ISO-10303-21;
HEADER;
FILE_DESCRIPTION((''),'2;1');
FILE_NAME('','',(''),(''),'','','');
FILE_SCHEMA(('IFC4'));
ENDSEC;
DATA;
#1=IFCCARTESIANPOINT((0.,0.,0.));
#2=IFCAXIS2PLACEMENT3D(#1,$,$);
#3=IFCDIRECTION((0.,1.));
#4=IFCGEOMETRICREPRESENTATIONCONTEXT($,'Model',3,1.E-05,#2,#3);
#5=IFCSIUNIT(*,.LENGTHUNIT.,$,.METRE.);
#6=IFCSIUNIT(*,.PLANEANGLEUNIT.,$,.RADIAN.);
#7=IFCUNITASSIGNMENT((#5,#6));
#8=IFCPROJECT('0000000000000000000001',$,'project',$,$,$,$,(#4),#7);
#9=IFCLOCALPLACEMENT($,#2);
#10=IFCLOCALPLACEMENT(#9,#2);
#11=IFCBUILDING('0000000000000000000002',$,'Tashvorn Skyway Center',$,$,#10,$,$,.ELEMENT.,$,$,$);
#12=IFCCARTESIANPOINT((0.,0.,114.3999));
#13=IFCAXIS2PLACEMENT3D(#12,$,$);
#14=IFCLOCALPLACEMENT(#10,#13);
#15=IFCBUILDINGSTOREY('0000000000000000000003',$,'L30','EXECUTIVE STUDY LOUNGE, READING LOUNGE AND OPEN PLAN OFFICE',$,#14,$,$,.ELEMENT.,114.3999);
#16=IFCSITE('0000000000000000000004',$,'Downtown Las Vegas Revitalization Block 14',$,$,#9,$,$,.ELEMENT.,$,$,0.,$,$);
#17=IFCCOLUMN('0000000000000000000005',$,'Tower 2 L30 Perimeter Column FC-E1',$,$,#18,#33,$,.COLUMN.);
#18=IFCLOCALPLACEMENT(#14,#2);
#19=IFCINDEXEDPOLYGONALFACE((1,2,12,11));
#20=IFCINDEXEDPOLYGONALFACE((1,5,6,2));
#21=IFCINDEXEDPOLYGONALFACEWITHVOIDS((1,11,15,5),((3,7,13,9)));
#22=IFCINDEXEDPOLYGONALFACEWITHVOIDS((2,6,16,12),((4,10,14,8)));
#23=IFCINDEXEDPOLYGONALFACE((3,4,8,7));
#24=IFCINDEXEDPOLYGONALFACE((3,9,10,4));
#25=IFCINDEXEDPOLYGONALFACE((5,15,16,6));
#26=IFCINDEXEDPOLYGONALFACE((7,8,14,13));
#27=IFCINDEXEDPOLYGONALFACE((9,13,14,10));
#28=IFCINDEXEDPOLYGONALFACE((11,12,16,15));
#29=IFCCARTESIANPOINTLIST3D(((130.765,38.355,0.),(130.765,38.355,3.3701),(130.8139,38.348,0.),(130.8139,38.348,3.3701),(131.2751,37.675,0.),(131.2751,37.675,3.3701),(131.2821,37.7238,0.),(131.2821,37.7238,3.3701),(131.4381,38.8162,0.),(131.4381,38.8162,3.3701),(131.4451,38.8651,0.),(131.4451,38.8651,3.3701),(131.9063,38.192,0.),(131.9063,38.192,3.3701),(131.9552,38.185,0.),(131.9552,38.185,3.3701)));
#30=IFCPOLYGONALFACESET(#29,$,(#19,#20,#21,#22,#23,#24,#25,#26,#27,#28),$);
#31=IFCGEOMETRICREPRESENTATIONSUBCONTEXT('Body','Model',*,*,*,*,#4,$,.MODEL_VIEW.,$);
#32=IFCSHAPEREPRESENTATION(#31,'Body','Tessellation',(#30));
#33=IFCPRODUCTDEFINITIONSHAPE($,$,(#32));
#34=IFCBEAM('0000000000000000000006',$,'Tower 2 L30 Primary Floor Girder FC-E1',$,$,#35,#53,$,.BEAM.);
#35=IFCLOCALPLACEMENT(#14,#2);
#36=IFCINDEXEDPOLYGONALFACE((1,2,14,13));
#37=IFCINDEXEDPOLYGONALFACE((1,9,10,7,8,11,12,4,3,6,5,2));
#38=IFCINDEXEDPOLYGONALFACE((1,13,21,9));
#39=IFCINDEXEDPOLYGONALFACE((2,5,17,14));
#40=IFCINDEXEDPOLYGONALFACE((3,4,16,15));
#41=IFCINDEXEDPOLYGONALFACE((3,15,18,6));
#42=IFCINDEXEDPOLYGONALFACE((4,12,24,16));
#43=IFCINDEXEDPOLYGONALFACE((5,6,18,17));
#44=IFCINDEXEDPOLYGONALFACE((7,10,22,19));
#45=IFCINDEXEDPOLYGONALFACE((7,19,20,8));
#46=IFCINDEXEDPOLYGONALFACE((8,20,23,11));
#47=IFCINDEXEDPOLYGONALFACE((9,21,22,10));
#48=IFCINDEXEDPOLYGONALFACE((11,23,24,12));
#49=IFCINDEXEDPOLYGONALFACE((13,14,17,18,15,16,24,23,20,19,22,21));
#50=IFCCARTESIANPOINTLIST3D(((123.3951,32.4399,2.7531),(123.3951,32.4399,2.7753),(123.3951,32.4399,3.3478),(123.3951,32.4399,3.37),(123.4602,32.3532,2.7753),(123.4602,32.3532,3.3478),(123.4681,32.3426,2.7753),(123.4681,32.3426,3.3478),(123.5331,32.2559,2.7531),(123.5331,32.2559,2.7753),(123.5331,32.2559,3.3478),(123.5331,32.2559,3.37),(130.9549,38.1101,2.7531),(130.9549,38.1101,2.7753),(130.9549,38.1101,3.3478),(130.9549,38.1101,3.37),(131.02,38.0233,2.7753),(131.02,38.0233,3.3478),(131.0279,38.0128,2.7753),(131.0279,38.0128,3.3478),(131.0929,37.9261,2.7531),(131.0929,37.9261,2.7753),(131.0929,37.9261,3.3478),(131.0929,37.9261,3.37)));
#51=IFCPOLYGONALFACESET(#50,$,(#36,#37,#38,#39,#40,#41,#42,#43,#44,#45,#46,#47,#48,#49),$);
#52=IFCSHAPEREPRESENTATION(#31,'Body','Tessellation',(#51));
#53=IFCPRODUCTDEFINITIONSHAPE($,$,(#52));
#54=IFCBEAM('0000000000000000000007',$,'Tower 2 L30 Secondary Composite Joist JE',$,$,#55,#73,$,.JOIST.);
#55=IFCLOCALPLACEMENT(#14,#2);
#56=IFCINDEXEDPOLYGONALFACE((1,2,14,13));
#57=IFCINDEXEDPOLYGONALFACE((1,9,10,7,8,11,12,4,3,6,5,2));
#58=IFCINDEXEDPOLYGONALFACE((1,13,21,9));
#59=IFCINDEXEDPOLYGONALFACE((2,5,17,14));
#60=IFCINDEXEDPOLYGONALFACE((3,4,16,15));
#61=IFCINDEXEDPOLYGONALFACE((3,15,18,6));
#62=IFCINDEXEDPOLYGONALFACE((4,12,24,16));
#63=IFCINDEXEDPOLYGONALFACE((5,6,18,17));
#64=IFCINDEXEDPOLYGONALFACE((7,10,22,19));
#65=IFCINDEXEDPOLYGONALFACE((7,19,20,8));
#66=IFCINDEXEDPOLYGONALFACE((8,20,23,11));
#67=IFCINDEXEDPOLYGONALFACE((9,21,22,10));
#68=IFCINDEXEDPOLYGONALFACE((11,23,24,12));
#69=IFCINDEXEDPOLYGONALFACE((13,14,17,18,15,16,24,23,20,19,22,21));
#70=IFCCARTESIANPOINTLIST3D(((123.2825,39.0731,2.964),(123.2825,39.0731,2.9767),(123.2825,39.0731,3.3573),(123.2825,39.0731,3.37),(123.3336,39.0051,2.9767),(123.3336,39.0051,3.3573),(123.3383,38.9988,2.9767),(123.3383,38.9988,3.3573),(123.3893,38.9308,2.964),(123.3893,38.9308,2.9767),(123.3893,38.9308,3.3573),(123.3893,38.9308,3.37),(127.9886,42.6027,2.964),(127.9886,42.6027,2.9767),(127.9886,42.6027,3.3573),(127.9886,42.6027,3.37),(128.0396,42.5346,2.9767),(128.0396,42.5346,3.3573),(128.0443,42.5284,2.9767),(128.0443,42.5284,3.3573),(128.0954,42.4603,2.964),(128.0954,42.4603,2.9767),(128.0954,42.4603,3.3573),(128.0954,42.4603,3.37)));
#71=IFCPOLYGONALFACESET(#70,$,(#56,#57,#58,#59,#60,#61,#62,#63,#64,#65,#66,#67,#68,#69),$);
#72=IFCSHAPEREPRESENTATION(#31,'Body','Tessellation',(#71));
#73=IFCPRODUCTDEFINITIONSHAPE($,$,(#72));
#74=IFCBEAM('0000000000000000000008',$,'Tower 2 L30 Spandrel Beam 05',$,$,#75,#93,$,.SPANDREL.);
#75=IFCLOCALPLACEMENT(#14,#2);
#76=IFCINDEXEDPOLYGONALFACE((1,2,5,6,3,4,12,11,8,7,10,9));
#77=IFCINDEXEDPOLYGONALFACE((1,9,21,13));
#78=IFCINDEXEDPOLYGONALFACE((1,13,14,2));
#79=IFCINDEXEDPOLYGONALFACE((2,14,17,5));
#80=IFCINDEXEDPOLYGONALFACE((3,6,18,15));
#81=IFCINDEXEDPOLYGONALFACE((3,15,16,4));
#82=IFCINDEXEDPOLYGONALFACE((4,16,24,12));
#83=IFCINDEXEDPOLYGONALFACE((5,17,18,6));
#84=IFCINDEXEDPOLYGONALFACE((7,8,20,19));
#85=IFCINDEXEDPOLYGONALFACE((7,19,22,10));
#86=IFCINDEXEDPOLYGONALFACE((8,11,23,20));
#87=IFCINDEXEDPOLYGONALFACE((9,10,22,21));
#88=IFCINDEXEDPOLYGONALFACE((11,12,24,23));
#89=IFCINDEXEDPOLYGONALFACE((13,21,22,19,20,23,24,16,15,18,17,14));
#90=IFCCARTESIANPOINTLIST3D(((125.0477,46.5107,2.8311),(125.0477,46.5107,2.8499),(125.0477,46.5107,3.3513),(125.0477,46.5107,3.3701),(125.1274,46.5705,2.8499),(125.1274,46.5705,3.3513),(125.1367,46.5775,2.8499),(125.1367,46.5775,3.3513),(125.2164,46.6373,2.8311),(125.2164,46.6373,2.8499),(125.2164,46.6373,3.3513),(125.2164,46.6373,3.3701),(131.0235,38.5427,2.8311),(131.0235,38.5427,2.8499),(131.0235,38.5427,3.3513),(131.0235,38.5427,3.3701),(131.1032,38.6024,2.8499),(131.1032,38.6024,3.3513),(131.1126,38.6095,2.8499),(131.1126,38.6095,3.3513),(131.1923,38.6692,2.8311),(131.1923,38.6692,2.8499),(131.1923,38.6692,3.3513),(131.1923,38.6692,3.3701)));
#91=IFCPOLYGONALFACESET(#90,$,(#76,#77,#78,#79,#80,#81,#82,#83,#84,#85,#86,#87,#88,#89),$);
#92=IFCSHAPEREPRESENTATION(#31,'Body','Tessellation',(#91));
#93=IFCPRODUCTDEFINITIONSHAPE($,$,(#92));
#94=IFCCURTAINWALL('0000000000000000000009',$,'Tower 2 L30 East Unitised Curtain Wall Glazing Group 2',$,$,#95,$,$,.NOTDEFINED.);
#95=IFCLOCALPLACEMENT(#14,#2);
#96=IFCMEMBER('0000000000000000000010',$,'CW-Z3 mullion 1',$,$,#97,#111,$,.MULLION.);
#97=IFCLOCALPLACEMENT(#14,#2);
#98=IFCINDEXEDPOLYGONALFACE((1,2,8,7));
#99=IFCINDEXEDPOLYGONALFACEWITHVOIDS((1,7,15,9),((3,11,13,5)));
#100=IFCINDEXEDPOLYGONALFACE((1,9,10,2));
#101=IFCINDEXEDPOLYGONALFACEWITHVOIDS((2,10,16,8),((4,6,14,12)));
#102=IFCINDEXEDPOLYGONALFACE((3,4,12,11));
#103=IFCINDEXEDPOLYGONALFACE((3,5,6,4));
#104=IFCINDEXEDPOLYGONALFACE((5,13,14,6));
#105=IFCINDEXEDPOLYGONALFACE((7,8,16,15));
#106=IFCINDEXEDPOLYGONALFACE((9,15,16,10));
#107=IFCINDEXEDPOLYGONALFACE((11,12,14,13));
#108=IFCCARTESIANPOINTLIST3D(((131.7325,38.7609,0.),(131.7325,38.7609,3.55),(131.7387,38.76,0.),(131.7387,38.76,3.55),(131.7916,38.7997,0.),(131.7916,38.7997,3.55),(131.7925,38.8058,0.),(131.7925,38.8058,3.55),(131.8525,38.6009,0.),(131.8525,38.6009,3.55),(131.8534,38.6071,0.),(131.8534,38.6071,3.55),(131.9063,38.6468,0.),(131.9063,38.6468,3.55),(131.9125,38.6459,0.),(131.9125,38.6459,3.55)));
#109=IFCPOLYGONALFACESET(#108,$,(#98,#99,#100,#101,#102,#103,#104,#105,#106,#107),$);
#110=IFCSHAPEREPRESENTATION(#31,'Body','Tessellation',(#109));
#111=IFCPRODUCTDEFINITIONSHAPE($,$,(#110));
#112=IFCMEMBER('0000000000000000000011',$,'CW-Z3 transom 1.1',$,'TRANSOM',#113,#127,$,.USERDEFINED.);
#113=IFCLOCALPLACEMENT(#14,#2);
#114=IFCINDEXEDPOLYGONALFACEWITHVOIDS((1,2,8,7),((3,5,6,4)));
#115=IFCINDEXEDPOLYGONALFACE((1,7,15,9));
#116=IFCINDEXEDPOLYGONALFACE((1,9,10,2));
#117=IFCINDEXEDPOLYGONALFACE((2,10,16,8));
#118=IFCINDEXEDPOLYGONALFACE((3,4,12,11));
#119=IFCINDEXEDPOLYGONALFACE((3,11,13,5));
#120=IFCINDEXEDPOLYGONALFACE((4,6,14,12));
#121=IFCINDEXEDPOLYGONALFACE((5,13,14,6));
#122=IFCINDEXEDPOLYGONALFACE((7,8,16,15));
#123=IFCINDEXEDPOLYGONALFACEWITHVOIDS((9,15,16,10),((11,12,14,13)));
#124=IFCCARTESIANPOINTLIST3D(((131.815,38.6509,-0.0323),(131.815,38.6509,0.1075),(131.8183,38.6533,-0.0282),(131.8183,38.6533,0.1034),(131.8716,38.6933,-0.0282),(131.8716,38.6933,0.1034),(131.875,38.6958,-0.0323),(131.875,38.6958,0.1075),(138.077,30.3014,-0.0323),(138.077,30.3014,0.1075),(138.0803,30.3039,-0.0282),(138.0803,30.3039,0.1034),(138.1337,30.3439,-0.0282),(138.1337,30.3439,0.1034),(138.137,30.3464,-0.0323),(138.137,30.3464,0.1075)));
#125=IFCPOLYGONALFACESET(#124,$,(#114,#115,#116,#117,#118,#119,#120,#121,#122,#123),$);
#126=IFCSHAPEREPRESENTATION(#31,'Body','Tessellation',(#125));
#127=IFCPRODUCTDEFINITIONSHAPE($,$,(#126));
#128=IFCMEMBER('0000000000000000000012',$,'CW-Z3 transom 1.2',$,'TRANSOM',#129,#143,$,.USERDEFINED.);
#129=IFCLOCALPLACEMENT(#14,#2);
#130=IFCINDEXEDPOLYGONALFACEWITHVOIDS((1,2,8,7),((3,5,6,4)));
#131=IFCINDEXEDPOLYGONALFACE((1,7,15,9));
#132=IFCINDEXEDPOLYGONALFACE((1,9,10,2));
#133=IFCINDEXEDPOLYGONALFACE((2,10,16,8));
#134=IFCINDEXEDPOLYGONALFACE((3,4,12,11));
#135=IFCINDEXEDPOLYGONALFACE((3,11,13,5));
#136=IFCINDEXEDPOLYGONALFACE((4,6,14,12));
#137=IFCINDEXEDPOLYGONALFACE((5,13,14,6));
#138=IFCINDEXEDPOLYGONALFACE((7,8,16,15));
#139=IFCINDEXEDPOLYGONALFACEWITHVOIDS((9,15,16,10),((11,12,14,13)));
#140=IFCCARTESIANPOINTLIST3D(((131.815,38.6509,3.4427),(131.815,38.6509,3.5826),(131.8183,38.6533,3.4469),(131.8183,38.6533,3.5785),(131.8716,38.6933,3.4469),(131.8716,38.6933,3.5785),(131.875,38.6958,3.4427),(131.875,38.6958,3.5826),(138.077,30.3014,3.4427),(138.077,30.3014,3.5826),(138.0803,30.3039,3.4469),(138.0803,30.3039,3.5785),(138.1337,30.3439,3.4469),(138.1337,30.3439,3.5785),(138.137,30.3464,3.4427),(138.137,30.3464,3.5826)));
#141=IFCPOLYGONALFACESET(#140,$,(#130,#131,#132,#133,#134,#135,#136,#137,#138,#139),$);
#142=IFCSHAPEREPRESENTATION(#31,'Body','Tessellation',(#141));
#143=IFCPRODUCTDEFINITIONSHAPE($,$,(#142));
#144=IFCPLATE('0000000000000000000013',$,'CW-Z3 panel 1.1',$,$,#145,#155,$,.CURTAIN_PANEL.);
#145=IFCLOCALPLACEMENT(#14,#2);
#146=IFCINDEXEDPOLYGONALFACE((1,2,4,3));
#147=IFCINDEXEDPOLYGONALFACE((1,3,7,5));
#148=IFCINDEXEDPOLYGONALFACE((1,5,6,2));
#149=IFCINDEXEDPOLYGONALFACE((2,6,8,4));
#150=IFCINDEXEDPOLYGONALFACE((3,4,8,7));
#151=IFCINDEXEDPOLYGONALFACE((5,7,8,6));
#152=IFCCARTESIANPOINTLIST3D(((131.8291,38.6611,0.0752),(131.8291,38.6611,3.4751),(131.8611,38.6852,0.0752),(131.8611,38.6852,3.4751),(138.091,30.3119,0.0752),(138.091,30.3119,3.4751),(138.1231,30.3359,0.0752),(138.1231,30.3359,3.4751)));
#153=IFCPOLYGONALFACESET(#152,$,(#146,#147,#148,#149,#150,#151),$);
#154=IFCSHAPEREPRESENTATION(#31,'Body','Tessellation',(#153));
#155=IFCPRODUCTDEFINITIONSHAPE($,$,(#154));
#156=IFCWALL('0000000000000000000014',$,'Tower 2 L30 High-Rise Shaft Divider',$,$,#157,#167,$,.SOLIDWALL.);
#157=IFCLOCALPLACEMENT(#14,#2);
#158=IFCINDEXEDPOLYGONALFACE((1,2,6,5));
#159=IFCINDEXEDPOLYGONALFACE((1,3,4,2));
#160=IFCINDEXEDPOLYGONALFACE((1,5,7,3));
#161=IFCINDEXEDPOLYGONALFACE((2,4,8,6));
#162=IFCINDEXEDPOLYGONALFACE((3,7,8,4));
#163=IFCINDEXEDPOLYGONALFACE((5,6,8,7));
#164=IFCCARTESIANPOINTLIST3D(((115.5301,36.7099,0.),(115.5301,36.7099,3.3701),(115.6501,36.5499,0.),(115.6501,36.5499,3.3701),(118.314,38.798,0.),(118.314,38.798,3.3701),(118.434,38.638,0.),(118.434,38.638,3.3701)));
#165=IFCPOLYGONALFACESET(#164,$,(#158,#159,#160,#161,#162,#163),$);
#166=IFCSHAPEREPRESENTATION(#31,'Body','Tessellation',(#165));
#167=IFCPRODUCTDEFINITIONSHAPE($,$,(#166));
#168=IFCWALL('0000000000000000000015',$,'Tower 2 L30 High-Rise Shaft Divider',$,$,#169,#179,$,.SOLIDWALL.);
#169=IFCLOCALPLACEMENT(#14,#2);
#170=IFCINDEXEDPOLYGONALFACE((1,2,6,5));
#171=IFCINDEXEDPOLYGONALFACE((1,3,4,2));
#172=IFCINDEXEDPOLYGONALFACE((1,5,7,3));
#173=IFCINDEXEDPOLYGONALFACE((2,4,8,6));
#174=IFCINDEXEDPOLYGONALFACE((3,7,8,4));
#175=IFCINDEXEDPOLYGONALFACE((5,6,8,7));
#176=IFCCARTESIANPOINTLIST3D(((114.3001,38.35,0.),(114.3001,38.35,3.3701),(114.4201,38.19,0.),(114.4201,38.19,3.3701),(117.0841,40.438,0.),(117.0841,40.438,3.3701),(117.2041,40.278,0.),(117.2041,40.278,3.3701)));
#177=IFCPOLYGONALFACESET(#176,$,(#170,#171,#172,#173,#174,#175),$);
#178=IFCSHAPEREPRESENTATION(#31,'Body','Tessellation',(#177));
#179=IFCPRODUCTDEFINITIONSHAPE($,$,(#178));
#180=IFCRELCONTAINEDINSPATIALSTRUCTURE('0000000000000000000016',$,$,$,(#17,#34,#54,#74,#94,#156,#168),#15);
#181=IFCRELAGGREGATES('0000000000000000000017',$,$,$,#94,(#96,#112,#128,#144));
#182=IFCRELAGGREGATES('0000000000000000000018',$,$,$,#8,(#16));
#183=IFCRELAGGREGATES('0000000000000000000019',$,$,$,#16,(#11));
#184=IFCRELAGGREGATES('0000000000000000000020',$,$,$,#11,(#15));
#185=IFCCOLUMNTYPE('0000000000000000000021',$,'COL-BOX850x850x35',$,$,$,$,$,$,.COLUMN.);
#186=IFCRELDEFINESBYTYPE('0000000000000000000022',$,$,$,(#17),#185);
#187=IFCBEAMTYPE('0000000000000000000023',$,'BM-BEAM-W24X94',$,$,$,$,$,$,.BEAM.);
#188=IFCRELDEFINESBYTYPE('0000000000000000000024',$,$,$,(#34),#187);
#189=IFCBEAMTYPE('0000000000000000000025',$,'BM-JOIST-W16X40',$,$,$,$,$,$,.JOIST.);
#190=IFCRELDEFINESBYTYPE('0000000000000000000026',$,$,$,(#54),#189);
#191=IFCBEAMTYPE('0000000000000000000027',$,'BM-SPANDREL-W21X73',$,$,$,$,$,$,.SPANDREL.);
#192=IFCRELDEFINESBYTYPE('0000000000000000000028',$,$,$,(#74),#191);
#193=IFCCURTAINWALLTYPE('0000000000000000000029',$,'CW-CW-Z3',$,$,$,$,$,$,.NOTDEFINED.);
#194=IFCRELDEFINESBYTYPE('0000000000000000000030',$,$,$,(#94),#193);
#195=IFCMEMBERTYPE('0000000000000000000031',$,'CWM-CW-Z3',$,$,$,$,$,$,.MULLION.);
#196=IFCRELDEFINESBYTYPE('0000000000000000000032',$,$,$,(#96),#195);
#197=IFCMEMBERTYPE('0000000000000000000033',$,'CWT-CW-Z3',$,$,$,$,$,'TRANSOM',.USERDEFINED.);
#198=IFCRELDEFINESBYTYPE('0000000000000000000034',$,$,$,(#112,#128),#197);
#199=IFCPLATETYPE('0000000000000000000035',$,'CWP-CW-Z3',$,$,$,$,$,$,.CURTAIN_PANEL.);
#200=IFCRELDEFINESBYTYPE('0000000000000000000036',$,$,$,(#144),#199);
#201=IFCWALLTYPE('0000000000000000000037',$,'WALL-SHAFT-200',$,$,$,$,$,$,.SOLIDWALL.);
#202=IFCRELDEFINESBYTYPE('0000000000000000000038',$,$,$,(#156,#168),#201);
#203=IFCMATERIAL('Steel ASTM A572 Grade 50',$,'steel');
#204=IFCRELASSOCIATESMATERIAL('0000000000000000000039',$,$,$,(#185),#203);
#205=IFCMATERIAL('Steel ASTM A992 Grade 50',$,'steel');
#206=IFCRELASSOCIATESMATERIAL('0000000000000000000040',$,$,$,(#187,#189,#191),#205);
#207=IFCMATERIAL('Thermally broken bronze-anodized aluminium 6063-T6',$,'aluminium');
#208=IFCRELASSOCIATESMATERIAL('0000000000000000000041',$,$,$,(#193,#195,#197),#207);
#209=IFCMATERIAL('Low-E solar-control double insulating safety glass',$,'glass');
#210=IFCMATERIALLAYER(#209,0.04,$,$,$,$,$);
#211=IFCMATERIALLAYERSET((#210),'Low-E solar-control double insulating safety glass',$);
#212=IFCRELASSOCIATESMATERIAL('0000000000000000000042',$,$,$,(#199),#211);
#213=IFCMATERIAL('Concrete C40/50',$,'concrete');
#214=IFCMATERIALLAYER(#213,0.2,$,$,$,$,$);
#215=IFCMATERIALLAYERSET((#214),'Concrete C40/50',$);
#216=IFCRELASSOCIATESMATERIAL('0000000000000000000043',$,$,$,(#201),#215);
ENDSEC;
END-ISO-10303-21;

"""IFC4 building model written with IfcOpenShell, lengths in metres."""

from ifc_helpers import new_model, si_unit, direction, frame, frame_2d, origin, origin_2d, place, context, subcontext, project, spatial, rectangle, hollow_rectangle, i_section, extrude, material, layer, layer_set, material_profile, profile_set, type_object, element, aggregate, save


model = new_model("IFC4")

# Units and contexts
model_context = context("Model", 3, precision=1e-05, world=origin(), true_north=direction((0.0, 1.0)))
body_context = subcontext(model_context, "Body", "Model", "MODEL_VIEW")
ifc_project = project(units=[si_unit("LENGTHUNIT", "METRE"), si_unit("PLANEANGLEUNIT", "RADIAN")], contexts=[model_context])

# Site, building, storey
site_placement = place(None, origin())
site = spatial("IfcSite", under=ifc_project, at=site_placement, Name="Downtown Las Vegas Revitalization Block 14", CompositionType="ELEMENT", RefElevation=0.0)
building_placement = place(site_placement, origin())
building = spatial("IfcBuilding", under=site, at=building_placement, Name="Tashvorn Skyway Center", CompositionType="ELEMENT")
storey_placement = place(building_placement, frame((0.0, 0.0, 114.3999)))
storey = spatial("IfcBuildingStorey", under=building, at=storey_placement, Name="L30", Description="EXECUTIVE STUDY LOUNGE, READING LOUNGE AND OPEN PLAN OFFICE", CompositionType="ELEMENT", Elevation=114.3999)

# Column
ifc_material_1 = material(Name="Steel ASTM A572 Grade 50", Category="steel")
ifc_material_profile_1 = material_profile(ifc_material_1, hollow_rectangle(XDim=0.8501, YDim=0.8501, WallThickness=0.0349, at=origin_2d()), Name="BOX850x850x35")
ifc_profile_set_1 = profile_set([ifc_material_profile_1], Name="Steel ASTM A572 Grade 50")
column_type = type_object("IfcColumnType", Name="COL-BOX850x850x35", PredefinedType="COLUMN", material=ifc_profile_set_1)
column_placement = place(storey_placement, frame((131.3601, 38.27, 0.0), z_axis=(0.0, 0.0, 1.0), x_axis=(0.8, 0.6, 0.0)))
element("IfcColumn", 1, at=column_placement, inside=storey, type_object=column_type, Name="Tower 2 L30 Perimeter Column FC-E1", PredefinedType="COLUMN", context=body_context, shape_type="SweptSolid", body=[
    extrude(hollow_rectangle(XDim=0.8501, YDim=0.8501, WallThickness=0.0349, at=origin_2d()), origin(), (0.0, 0.0, 1.0), 3.3701),
])

# Beams
ifc_material_2 = material(Name="Steel ASTM A992 Grade 50", Category="steel")
ifc_material_profile_2 = material_profile(ifc_material_2, i_section(OverallWidth=0.23, OverallDepth=0.6169, WebThickness=0.0132, FlangeThickness=0.0222, at=origin_2d()), Name="W24X94")
ifc_profile_set_2 = profile_set([ifc_material_profile_2], Name="Steel ASTM A992 Grade 50")
beam_type_1 = type_object("IfcBeamType", Name="BM-BEAM-W24X94", PredefinedType="BEAM", material=ifc_profile_set_2)
beam_1_placement = place(storey_placement, frame((131.0239, 38.0181, 3.0615), z_axis=(-0.799984, -0.600021, 0.0), x_axis=(0.600021, -0.799984, 0.0)))
element("IfcBeam", 2, at=beam_1_placement, inside=storey, type_object=beam_type_1, Name="Tower 2 L30 Primary Floor Girder FC-E1", PredefinedType="BEAM", context=body_context, shape_type="SweptSolid", body=[
    extrude(i_section(OverallWidth=0.23, OverallDepth=0.6169, WebThickness=0.0132, FlangeThickness=0.0222, at=origin_2d()), origin(), (0.0, 0.0, 1.0), 9.45),
])
ifc_material_profile_3 = material_profile(ifc_material_2, i_section(OverallWidth=0.178, OverallDepth=0.406, WebThickness=0.0078, FlangeThickness=0.0127, at=origin_2d()), Name="W16X40")
ifc_profile_set_3 = profile_set([ifc_material_profile_3], Name="Steel ASTM A992 Grade 50")
beam_type_2 = type_object("IfcBeamType", Name="BM-JOIST-W16X40", PredefinedType="JOIST", material=ifc_profile_set_3)
beam_2_placement = place(storey_placement, frame((123.3359, 39.002, 3.167), z_axis=(0.8, 0.6, 0.0), x_axis=(-0.6, 0.8, 0.0)))
element("IfcBeam", 3, at=beam_2_placement, inside=storey, type_object=beam_type_2, Name="Tower 2 L30 Secondary Composite Joist JE", PredefinedType="JOIST", context=body_context, shape_type="SweptSolid", body=[
    extrude(i_section(OverallWidth=0.178, OverallDepth=0.406, WebThickness=0.0078, FlangeThickness=0.0127, at=origin_2d()), origin(), (0.0, 0.0, 1.0), 5.8826),
])
ifc_material_profile_4 = material_profile(ifc_material_2, i_section(OverallWidth=0.2109, OverallDepth=0.5391, WebThickness=0.0117, FlangeThickness=0.0188, at=origin_2d()), Name="W21X73")
ifc_profile_set_4 = profile_set([ifc_material_profile_4], Name="Steel ASTM A992 Grade 50")
beam_type_3 = type_object("IfcBeamType", Name="BM-SPANDREL-W21X73", PredefinedType="SPANDREL", material=ifc_profile_set_4)
beam_3_placement = place(storey_placement, frame((131.1079, 38.606, 3.1006), z_axis=(-0.599988, 0.800009, 0.0), x_axis=(-0.800009, -0.599988, 0.0)))
element("IfcBeam", 4, at=beam_3_placement, inside=storey, type_object=beam_type_3, Name="Tower 2 L30 Spandrel Beam 05", PredefinedType="SPANDREL", context=body_context, shape_type="SweptSolid", body=[
    extrude(i_section(OverallWidth=0.2109, OverallDepth=0.5391, WebThickness=0.0117, FlangeThickness=0.0188, at=origin_2d()), origin(), (0.0, 0.0, 1.0), 9.96),
])

# Curtain wall, members, plate
ifc_material_3 = material(Name="Thermally broken bronze-anodized aluminium 6063-T6", Category="aluminium")
curtain_wall_type = type_object("IfcCurtainWallType", Name="CW-CW-Z3", PredefinedType="NOTDEFINED", material=ifc_material_3)
curtain_wall_placement = place(storey_placement, origin())
curtain_wall = element("IfcCurtainWall", 5, at=curtain_wall_placement, inside=storey, type_object=curtain_wall_type, Name="Tower 2 L30 East Unitised Curtain Wall Glazing Group 2", PredefinedType="NOTDEFINED")
ifc_material_profile_5 = material_profile(ifc_material_3, hollow_rectangle(XDim=0.075, YDim=0.2, WallThickness=0.0044, at=origin_2d()), Name="ALU-MULL-75x200")
ifc_profile_set_5 = profile_set([ifc_material_profile_5], Name="Thermally broken bronze-anodized aluminium 6063-T6")
member_type_1 = type_object("IfcMemberType", Name="CWM-CW-Z3", PredefinedType="MULLION", material=ifc_profile_set_5)
member_1_placement = place(storey_placement, frame((131.8225, 38.7034, 0.0), z_axis=(0.0, 0.0, 1.0), x_axis=(0.799999, 0.600002, 0.0)))
member_1 = element("IfcMember", 6, at=member_1_placement, type_object=member_type_1, Name="CW-Z3 mullion 1", PredefinedType="MULLION", context=body_context, shape_type="SweptSolid", body=[
    extrude(hollow_rectangle(XDim=0.075, YDim=0.2, WallThickness=0.0044, at=origin_2d()), origin(), (0.0, 0.0, 1.0), 3.55),
])
ifc_material_profile_6 = material_profile(ifc_material_3, hollow_rectangle(XDim=0.075, YDim=0.1399, WallThickness=0.0042, at=origin_2d()), Name="ALU-TRAN-75x140")
ifc_profile_set_6 = profile_set([ifc_material_profile_6], Name="Thermally broken bronze-anodized aluminium 6063-T6")
member_type_2 = type_object("IfcMemberType", Name="CWT-CW-Z3", ElementType="TRANSOM", PredefinedType="USERDEFINED", material=ifc_profile_set_6)
member_2_placement = place(storey_placement, frame((131.845, 38.6733, 0.0376), z_axis=(0.599996, -0.800003, 0.0), x_axis=(0.800003, 0.599996, 0.0)))
member_2 = element("IfcMember", 7, at=member_2_placement, type_object=member_type_2, Name="CW-Z3 transom 1.1", ObjectType="TRANSOM", PredefinedType="USERDEFINED", context=body_context, shape_type="SweptSolid", body=[
    extrude(hollow_rectangle(XDim=0.075, YDim=0.1399, WallThickness=0.0042, at=origin_2d()), origin(), (0.0, 0.0, 1.0), 10.4368),
])
member_3_placement = place(storey_placement, frame((131.845, 38.6733, 3.5127), z_axis=(0.599996, -0.800003, 0.0), x_axis=(0.800003, 0.599996, 0.0)))
member_3 = element("IfcMember", 8, at=member_3_placement, type_object=member_type_2, Name="CW-Z3 transom 1.2", ObjectType="TRANSOM", PredefinedType="USERDEFINED", context=body_context, shape_type="SweptSolid", body=[
    extrude(hollow_rectangle(XDim=0.075, YDim=0.1399, WallThickness=0.0042, at=origin_2d()), origin(), (0.0, 0.0, 1.0), 10.4368),
])
ifc_material_4 = material(Name="Low-E solar-control double insulating safety glass", Category="glass")
ifc_layer_1 = layer(ifc_material_4, 0.04)
ifc_layer_set_1 = layer_set([ifc_layer_1], Name="Low-E solar-control double insulating safety glass")
plate_type = type_object("IfcPlateType", Name="CWP-CW-Z3", PredefinedType="CURTAIN_PANEL", material=ifc_layer_set_1)
plate_placement = place(storey_placement, frame((134.9761, 34.4985, 0.0752), z_axis=(0.0, 0.0, 1.0), x_axis=(0.600002, -0.799999, 0.0)))
plate = element("IfcPlate", 9, at=plate_placement, type_object=plate_type, Name="CW-Z3 panel 1.1", PredefinedType="CURTAIN_PANEL", context=body_context, shape_type="SweptSolid", body=[
    extrude(rectangle(XDim=10.4365, YDim=0.04, at=origin_2d()), origin(), (0.0, 0.0, 1.0), 3.3999),
])
aggregate(curtain_wall, [member_1, member_2, member_3, plate])

# Walls
ifc_material_5 = material(Name="Concrete C40/50", Category="concrete")
ifc_layer_2 = layer(ifc_material_5, 0.2)
ifc_layer_set_2 = layer_set([ifc_layer_2], Name="Concrete C40/50")
wall_type_1 = type_object("IfcWallType", Name="WALL-SHAFT-200", PredefinedType="SOLIDWALL", material=ifc_layer_set_2)
for number, where, z_axis, x_axis, name in (
    (10, (115.5901, 36.6299, 0.0), (0.0, 0.0, 1.0), (0.799975, 0.600034, 0.0), "Tower 2 L30 High-Rise Shaft Divider"),
    (11, (114.3601, 38.27, 0.0), (0.0, 0.0, 1.0), (0.800008, 0.599989, 0.0), "Tower 2 L30 High-Rise Shaft Divider"),
):
    element("IfcWall", number, at=place(storey_placement, frame(where, z_axis=z_axis, x_axis=x_axis)), inside=storey, type_object=wall_type_1, Name=name, PredefinedType="SOLIDWALL", context=body_context, shape_type="SweptSolid", body=[
        extrude(rectangle(XDim=3.48, YDim=0.2, at=frame_2d((1.74, 0.0))), origin(), (0.0, 0.0, 1.0), 3.3701),
    ])

save(model, "model.ifc")
